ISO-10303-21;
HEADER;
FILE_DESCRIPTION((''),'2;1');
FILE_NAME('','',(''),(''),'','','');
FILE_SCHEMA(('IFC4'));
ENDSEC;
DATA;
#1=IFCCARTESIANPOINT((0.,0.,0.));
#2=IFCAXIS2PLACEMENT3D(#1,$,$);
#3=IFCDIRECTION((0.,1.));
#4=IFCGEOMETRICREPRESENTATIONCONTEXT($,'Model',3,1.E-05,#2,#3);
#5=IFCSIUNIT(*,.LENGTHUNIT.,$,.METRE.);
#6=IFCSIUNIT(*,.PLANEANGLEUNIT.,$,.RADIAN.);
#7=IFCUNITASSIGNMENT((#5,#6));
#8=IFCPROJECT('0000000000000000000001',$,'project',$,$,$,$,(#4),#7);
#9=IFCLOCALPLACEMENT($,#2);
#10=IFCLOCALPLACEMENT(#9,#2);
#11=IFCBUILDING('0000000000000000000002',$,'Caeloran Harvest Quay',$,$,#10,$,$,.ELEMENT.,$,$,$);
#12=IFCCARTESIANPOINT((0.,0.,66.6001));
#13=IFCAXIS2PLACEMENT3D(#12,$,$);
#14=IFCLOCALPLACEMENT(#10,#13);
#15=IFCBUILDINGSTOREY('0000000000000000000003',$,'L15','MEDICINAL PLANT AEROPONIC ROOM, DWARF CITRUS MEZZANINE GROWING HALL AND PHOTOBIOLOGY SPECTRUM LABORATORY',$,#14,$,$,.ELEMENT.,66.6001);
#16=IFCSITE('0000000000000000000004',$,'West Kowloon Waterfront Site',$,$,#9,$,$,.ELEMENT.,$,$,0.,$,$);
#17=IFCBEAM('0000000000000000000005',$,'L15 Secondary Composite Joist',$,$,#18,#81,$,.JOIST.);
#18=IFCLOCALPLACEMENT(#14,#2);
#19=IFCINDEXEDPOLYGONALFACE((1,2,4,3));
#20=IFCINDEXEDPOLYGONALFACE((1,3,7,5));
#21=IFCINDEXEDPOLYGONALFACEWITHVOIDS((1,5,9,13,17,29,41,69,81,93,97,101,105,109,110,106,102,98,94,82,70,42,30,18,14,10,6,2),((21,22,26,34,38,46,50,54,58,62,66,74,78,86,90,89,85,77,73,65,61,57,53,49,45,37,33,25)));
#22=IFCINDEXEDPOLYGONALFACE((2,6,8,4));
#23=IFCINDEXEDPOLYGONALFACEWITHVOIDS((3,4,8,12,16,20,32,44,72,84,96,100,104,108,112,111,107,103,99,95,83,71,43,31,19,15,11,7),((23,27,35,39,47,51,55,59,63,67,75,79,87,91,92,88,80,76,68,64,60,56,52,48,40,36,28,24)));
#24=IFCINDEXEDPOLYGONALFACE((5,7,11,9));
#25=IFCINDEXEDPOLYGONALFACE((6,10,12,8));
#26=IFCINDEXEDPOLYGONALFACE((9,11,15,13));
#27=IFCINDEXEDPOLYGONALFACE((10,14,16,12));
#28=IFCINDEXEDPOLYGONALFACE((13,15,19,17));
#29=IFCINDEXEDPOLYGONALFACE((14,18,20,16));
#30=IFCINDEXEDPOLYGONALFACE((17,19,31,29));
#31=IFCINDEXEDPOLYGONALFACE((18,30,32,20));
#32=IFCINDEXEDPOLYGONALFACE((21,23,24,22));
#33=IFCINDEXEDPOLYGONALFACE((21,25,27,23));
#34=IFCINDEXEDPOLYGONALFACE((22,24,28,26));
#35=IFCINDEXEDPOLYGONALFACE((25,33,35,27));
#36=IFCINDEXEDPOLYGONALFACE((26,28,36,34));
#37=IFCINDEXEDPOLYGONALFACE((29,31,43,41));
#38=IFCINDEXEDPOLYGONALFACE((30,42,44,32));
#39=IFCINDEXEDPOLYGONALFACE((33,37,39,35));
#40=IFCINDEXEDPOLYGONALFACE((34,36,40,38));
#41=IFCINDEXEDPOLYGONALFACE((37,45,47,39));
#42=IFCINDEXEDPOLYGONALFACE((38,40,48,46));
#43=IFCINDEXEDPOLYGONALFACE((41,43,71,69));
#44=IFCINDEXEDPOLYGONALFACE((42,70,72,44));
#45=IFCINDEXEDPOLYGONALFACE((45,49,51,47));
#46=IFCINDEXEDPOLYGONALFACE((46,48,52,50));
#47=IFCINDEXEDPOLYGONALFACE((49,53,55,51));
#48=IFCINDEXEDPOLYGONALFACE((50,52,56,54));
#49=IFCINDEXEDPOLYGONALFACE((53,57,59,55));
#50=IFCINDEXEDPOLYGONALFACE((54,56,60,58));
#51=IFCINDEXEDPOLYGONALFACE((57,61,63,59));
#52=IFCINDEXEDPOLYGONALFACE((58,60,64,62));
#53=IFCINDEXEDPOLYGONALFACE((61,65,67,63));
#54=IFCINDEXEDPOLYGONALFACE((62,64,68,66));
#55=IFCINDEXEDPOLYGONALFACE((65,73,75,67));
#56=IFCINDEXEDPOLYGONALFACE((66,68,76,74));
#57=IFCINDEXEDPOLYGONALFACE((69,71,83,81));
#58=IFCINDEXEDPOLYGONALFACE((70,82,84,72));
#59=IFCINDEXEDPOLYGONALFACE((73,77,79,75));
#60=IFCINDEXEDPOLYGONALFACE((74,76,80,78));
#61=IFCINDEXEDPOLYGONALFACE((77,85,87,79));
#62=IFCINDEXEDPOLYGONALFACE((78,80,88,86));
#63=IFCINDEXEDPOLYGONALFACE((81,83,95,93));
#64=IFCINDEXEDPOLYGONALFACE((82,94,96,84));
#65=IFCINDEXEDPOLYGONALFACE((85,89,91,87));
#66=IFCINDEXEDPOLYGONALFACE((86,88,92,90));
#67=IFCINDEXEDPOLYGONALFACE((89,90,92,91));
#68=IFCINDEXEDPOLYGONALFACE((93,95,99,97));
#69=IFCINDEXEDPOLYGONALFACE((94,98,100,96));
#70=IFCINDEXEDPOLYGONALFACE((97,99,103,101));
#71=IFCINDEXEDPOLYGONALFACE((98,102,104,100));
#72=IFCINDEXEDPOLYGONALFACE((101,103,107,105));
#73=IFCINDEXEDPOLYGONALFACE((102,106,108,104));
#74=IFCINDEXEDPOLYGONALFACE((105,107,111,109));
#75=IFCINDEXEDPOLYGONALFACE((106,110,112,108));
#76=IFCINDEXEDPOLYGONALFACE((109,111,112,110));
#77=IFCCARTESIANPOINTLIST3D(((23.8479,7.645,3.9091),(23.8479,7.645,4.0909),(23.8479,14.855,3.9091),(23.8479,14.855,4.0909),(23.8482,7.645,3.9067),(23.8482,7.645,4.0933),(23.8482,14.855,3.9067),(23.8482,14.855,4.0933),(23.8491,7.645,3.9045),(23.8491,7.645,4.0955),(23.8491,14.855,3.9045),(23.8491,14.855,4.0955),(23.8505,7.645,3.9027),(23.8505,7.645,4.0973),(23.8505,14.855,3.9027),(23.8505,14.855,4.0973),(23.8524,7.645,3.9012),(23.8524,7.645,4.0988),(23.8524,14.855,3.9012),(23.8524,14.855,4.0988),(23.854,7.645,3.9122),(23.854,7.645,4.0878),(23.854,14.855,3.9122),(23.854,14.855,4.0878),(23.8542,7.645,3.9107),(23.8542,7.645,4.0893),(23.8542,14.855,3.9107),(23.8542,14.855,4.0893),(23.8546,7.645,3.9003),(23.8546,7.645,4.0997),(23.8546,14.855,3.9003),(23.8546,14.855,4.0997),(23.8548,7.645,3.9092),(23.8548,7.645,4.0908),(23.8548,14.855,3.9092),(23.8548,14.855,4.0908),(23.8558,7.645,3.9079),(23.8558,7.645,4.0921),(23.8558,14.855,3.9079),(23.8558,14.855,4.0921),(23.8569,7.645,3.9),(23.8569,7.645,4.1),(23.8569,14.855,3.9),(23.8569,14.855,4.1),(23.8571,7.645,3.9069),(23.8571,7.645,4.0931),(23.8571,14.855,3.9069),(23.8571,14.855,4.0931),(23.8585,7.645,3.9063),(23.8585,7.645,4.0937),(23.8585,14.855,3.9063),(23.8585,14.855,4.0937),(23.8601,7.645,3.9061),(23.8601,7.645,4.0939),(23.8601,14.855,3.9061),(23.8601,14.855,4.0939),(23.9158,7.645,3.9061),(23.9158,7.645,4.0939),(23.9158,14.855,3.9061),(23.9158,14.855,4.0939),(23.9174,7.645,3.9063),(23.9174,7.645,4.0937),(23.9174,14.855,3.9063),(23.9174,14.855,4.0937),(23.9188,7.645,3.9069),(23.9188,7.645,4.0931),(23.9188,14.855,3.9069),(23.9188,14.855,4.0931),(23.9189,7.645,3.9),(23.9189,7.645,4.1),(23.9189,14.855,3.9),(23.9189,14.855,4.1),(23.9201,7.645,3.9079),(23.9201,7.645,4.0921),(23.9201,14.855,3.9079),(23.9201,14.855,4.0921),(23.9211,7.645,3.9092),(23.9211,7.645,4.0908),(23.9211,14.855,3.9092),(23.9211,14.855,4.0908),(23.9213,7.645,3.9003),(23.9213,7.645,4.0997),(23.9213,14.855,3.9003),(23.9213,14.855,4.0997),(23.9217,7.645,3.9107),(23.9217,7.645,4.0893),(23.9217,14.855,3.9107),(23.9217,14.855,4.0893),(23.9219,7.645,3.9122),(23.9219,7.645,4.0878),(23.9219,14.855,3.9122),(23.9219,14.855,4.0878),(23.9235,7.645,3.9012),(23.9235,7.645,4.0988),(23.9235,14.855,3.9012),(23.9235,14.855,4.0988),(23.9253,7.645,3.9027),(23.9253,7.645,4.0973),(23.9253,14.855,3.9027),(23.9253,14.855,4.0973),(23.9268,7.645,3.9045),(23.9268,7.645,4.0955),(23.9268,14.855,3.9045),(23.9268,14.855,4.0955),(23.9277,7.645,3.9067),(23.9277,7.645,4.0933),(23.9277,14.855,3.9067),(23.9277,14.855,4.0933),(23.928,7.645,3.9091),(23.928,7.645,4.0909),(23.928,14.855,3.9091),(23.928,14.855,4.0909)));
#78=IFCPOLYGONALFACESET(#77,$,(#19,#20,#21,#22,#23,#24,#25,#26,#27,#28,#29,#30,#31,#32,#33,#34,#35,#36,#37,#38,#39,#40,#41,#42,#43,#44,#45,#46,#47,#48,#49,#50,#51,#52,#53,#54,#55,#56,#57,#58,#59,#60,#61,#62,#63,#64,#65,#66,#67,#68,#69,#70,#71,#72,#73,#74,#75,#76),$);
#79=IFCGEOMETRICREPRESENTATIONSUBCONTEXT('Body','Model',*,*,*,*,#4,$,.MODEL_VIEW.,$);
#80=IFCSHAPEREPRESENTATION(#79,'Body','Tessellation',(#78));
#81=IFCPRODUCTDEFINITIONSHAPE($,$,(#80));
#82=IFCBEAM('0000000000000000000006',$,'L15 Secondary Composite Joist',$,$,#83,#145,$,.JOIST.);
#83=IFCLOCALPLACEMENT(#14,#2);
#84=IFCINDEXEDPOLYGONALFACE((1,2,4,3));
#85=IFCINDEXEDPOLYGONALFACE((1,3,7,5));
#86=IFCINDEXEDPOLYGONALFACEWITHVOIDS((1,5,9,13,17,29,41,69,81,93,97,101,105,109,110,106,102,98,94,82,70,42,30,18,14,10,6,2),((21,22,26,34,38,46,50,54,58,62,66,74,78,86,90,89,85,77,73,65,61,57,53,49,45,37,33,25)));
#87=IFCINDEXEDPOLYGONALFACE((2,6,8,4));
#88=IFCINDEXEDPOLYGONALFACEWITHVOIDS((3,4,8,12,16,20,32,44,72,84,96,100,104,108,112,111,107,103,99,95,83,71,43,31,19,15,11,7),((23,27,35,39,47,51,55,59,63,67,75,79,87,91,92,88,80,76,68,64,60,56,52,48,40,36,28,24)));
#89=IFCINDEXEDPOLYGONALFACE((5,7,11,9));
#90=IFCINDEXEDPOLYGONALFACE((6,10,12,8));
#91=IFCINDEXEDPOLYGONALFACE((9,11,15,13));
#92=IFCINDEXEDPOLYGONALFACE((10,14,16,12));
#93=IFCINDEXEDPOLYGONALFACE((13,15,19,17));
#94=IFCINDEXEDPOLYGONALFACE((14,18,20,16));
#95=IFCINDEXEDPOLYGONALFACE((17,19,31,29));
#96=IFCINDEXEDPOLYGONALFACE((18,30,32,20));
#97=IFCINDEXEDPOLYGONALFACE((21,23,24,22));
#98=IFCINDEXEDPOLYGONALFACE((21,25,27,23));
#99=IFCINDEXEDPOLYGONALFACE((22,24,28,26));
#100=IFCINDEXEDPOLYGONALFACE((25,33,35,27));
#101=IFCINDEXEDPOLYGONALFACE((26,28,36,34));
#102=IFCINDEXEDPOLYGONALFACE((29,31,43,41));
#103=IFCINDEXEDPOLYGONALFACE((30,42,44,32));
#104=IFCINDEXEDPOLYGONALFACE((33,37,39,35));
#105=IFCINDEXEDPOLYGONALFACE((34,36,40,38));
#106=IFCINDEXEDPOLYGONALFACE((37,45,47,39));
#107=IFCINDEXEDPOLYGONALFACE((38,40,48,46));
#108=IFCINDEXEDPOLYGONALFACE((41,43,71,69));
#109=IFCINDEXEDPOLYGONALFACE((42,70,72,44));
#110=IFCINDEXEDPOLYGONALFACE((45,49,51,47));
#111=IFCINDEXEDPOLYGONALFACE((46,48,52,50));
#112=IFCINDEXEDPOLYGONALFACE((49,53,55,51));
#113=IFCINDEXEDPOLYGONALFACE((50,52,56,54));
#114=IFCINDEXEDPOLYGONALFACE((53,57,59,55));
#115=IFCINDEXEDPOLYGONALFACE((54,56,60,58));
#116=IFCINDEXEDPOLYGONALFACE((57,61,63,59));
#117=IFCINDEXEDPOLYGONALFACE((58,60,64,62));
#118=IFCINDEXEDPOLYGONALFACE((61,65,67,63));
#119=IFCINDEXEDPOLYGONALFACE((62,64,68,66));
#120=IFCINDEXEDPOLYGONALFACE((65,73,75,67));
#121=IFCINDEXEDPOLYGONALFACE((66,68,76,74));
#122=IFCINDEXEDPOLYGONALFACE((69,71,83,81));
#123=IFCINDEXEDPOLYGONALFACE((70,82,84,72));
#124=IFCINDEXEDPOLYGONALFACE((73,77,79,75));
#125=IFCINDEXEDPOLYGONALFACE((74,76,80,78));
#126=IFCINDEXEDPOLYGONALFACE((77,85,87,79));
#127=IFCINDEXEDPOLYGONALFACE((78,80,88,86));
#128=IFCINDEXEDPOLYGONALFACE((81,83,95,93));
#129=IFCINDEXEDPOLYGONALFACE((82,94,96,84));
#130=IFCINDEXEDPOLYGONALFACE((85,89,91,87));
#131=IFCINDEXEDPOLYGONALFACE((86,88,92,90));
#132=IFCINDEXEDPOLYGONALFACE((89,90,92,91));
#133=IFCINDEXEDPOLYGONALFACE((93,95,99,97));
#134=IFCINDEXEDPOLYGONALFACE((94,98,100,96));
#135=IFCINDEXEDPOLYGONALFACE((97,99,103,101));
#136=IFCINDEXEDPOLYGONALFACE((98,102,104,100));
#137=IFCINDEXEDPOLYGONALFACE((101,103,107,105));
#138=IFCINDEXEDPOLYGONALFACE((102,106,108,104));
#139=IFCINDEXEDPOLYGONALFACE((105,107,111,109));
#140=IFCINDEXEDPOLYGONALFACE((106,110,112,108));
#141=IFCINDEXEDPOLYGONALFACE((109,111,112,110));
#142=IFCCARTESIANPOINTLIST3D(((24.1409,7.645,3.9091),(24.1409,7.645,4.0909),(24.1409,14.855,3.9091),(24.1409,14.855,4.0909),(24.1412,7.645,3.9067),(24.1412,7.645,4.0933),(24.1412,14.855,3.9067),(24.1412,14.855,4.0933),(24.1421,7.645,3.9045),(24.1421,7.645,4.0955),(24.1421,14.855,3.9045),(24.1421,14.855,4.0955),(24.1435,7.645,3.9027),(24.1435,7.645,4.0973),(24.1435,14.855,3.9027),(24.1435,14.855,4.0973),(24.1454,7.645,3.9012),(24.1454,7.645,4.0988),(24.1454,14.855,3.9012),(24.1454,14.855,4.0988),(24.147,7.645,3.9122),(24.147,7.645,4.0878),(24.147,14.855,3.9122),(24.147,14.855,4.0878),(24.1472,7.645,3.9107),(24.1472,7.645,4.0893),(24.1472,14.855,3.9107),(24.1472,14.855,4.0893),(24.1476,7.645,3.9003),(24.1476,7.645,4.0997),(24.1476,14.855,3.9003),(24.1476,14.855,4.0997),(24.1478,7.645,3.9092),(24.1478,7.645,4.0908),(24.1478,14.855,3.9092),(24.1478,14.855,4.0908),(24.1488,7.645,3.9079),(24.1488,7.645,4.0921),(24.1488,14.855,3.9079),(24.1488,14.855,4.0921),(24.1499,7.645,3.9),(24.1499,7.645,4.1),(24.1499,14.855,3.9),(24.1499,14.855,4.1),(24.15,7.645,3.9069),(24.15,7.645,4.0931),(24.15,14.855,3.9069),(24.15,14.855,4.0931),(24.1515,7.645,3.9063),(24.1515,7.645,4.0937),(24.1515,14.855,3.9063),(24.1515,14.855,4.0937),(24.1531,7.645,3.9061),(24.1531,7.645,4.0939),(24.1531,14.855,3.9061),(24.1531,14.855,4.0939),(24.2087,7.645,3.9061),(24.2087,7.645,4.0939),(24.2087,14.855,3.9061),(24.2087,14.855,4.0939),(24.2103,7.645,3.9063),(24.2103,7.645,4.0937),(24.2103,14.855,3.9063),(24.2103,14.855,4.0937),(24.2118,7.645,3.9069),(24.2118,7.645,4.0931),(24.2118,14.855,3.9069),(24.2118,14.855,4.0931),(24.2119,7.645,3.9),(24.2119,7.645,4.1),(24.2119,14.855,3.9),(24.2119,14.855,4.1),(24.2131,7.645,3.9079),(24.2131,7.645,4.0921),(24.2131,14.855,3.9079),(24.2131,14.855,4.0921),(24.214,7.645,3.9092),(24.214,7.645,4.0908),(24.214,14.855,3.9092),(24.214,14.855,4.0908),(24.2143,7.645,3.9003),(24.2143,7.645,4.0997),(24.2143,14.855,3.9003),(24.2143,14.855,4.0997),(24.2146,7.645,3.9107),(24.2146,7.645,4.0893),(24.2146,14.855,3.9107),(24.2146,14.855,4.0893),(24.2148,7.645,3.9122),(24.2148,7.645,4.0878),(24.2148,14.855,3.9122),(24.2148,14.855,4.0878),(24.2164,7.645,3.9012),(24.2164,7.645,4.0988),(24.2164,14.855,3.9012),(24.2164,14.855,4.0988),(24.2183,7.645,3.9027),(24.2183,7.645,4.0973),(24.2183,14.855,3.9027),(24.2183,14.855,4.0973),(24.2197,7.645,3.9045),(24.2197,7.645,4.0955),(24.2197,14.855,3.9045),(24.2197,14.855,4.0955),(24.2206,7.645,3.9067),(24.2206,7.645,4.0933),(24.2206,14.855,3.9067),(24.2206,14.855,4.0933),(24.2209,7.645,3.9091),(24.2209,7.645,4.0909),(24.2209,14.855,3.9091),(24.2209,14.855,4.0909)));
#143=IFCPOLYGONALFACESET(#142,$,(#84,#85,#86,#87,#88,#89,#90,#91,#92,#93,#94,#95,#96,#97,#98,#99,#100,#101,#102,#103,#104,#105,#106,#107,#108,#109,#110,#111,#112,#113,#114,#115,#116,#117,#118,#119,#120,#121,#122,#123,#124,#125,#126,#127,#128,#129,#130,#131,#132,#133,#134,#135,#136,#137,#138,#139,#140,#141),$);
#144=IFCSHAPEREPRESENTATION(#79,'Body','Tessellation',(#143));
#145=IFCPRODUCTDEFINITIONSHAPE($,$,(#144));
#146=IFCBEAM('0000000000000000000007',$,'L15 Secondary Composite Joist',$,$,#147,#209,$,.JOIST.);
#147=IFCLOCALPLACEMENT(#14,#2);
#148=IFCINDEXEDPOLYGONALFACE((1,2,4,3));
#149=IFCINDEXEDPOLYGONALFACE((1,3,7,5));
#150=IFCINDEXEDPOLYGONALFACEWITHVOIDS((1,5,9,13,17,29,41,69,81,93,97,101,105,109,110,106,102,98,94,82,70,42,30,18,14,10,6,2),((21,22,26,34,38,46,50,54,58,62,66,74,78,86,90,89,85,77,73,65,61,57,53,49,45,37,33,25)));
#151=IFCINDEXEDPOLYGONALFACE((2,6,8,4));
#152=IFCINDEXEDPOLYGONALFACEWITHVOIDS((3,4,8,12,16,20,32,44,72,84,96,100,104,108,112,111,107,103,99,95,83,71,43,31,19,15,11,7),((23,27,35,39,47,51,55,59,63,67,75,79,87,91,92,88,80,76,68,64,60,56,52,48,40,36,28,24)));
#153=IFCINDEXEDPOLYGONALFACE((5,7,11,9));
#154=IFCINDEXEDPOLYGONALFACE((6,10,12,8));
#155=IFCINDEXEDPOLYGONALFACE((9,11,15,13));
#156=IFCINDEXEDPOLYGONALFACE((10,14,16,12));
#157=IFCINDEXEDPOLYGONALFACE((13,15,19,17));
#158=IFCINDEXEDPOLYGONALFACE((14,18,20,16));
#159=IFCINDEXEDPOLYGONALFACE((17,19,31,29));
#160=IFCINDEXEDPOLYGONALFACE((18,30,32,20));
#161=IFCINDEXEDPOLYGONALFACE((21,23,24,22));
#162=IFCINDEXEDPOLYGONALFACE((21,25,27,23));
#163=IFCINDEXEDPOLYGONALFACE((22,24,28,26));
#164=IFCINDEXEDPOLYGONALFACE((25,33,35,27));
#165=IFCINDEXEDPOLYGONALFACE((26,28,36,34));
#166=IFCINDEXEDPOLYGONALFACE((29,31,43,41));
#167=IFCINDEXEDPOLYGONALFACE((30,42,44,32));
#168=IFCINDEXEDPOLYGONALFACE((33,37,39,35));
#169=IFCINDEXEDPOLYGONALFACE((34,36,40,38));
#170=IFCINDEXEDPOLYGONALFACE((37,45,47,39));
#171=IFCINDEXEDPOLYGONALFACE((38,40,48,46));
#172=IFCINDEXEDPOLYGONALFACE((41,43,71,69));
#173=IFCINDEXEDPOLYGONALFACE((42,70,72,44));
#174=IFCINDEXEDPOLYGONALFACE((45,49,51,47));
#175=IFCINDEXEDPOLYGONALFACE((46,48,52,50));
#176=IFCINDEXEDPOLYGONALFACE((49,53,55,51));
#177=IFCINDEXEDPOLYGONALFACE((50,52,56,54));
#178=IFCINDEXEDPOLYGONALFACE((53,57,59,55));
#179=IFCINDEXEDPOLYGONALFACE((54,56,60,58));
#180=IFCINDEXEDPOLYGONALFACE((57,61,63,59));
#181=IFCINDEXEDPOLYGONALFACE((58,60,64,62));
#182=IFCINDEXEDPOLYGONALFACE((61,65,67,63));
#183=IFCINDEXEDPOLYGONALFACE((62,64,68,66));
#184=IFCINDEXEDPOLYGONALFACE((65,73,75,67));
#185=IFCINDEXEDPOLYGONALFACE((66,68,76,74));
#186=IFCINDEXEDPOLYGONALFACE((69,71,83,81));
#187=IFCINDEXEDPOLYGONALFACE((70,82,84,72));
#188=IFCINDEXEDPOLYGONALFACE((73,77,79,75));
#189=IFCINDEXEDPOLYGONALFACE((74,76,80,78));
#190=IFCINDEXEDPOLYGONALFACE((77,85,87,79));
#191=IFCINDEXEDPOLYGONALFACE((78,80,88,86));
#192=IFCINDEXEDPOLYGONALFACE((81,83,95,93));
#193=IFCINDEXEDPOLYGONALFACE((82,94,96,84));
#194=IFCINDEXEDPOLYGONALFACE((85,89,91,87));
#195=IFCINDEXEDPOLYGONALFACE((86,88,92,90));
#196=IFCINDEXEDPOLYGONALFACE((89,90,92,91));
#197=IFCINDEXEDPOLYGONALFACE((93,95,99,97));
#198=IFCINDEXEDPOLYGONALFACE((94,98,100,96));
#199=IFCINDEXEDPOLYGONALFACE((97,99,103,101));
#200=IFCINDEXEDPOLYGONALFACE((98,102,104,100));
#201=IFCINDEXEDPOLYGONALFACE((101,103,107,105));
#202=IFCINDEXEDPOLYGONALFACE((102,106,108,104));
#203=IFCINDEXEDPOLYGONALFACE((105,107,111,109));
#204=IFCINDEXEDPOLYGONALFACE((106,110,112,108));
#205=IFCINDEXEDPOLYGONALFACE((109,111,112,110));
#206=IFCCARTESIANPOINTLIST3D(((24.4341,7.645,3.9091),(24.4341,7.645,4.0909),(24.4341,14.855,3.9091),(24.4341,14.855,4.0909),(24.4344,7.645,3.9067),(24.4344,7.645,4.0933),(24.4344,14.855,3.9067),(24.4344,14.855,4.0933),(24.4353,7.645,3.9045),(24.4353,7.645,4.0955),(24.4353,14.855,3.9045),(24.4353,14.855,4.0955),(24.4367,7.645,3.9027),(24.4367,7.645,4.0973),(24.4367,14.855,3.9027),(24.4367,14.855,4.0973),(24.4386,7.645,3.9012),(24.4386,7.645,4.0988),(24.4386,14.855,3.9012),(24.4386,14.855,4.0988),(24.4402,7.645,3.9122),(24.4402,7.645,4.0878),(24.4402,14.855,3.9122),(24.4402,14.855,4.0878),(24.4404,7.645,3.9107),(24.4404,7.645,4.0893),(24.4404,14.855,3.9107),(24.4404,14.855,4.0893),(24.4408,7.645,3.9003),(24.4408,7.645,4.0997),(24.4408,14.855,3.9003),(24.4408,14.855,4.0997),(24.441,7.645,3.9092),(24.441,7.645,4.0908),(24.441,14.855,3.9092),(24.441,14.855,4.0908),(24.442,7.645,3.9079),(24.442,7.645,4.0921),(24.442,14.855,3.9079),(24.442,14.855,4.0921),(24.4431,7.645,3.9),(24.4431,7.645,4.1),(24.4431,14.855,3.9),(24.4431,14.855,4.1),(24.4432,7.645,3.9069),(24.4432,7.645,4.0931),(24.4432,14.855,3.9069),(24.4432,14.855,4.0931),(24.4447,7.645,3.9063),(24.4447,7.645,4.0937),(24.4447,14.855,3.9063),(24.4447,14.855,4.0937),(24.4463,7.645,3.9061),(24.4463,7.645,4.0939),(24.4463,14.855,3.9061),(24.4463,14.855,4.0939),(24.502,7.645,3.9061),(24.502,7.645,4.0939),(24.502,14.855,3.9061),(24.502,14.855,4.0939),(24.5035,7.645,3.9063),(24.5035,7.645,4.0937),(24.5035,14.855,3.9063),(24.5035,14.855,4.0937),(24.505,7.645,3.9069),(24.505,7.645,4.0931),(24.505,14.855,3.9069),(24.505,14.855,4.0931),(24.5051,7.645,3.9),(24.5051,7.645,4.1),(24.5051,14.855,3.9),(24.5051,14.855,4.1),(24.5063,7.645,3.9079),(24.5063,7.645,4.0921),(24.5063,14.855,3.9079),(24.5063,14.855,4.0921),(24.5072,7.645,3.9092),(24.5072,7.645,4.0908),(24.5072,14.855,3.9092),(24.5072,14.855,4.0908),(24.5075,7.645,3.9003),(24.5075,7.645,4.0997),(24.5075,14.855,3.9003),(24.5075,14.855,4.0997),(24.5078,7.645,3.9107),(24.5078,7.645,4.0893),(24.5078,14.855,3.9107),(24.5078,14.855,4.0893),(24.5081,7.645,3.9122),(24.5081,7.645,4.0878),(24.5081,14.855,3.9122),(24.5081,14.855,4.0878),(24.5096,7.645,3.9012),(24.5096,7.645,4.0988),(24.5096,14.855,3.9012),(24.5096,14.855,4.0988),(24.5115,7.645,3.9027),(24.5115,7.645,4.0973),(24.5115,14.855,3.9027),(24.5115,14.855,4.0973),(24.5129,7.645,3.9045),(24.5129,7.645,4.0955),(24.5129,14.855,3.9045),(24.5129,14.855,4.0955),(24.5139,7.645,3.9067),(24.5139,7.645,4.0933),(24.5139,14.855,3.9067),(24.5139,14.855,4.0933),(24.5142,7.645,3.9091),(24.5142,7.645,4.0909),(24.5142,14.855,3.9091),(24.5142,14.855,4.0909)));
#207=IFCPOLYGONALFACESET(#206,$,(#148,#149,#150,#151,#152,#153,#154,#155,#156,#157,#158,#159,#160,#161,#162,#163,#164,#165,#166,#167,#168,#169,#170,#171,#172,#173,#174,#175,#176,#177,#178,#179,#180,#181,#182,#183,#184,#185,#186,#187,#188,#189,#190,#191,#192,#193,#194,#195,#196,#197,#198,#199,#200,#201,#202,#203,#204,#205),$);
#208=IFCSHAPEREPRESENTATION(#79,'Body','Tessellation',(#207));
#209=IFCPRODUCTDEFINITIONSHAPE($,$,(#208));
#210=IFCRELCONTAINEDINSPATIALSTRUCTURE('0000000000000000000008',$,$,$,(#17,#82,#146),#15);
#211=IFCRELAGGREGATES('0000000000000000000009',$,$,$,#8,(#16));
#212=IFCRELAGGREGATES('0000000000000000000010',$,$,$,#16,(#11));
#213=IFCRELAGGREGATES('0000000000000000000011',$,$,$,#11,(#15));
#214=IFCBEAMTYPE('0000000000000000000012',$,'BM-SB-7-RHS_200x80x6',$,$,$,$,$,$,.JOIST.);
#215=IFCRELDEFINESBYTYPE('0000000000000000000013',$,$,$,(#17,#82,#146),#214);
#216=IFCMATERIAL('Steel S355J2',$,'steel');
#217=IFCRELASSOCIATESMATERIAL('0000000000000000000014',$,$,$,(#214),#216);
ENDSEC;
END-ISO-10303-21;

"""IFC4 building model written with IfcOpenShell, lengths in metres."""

from ifc_helpers import new_model, si_unit, direction, frame, origin, origin_2d, place, context, subcontext, project, spatial, hollow_rectangle, extrude, material, material_profile, profile_set, type_object, element, save


model = new_model("IFC4")

# Units and contexts
model_context = context("Model", 3, precision=1e-05, world=origin(), true_north=direction((0.0, 1.0)))
body_context = subcontext(model_context, "Body", "Model", "MODEL_VIEW")
ifc_project = project(units=[si_unit("LENGTHUNIT", "METRE"), si_unit("PLANEANGLEUNIT", "RADIAN")], contexts=[model_context])

# Site, building, storey
site_placement = place(None, origin())
site = spatial("IfcSite", under=ifc_project, at=site_placement, Name="West Kowloon Waterfront Site", CompositionType="ELEMENT", RefElevation=0.0)
building_placement = place(site_placement, origin())
building = spatial("IfcBuilding", under=site, at=building_placement, Name="Caeloran Harvest Quay", CompositionType="ELEMENT")
storey_placement = place(building_placement, frame((0.0, 0.0, 66.6001)))
storey = spatial("IfcBuildingStorey", under=building, at=storey_placement, Name="L15", Description="MEDICINAL PLANT AEROPONIC ROOM, DWARF CITRUS MEZZANINE GROWING HALL AND PHOTOBIOLOGY SPECTRUM LABORATORY", CompositionType="ELEMENT", Elevation=66.6001)

# Beams
ifc_material_1 = material(Name="Steel S355J2", Category="steel")
ifc_material_profile_1 = material_profile(ifc_material_1, hollow_rectangle(XDim=0.0801, YDim=0.2, WallThickness=0.0061, InnerFilletRadius=0.0061, OuterFilletRadius=0.009, at=origin_2d()), Name="RHS 200x80x6")
ifc_profile_set_1 = profile_set([ifc_material_profile_1], Name="Steel S355J2")
beam_type_1 = type_object("IfcBeamType", Name="BM-SB-7-RHS_200x80x6", PredefinedType="JOIST", material=ifc_profile_set_1)
for number, where, z_axis, x_axis, name in (
    (1, (23.8879, 7.645, 4.0), (0.0, 1.0, 0.0), (-1.0, 0.0, 0.0), "L15 Secondary Composite Joist"),
    (2, (24.1809, 7.645, 4.0), (0.0, 1.0, 0.0), (-1.0, 0.0, 0.0), "L15 Secondary Composite Joist"),
    (3, (24.4741, 7.645, 4.0), (0.0, 1.0, 0.0), (-1.0, 0.0, 0.0), "L15 Secondary Composite Joist"),
):
    element("IfcBeam", number, at=place(storey_placement, frame(where, z_axis=z_axis, x_axis=x_axis)), inside=storey, type_object=beam_type_1, Name=name, PredefinedType="JOIST", context=body_context, shape_type="SweptSolid", body=[
        extrude(hollow_rectangle(XDim=0.0801, YDim=0.2, WallThickness=0.0061, InnerFilletRadius=0.0061, OuterFilletRadius=0.009, at=origin_2d()), origin(), (0.0, 0.0, 1.0), 7.21),
    ])

save(model, "model.ifc")
